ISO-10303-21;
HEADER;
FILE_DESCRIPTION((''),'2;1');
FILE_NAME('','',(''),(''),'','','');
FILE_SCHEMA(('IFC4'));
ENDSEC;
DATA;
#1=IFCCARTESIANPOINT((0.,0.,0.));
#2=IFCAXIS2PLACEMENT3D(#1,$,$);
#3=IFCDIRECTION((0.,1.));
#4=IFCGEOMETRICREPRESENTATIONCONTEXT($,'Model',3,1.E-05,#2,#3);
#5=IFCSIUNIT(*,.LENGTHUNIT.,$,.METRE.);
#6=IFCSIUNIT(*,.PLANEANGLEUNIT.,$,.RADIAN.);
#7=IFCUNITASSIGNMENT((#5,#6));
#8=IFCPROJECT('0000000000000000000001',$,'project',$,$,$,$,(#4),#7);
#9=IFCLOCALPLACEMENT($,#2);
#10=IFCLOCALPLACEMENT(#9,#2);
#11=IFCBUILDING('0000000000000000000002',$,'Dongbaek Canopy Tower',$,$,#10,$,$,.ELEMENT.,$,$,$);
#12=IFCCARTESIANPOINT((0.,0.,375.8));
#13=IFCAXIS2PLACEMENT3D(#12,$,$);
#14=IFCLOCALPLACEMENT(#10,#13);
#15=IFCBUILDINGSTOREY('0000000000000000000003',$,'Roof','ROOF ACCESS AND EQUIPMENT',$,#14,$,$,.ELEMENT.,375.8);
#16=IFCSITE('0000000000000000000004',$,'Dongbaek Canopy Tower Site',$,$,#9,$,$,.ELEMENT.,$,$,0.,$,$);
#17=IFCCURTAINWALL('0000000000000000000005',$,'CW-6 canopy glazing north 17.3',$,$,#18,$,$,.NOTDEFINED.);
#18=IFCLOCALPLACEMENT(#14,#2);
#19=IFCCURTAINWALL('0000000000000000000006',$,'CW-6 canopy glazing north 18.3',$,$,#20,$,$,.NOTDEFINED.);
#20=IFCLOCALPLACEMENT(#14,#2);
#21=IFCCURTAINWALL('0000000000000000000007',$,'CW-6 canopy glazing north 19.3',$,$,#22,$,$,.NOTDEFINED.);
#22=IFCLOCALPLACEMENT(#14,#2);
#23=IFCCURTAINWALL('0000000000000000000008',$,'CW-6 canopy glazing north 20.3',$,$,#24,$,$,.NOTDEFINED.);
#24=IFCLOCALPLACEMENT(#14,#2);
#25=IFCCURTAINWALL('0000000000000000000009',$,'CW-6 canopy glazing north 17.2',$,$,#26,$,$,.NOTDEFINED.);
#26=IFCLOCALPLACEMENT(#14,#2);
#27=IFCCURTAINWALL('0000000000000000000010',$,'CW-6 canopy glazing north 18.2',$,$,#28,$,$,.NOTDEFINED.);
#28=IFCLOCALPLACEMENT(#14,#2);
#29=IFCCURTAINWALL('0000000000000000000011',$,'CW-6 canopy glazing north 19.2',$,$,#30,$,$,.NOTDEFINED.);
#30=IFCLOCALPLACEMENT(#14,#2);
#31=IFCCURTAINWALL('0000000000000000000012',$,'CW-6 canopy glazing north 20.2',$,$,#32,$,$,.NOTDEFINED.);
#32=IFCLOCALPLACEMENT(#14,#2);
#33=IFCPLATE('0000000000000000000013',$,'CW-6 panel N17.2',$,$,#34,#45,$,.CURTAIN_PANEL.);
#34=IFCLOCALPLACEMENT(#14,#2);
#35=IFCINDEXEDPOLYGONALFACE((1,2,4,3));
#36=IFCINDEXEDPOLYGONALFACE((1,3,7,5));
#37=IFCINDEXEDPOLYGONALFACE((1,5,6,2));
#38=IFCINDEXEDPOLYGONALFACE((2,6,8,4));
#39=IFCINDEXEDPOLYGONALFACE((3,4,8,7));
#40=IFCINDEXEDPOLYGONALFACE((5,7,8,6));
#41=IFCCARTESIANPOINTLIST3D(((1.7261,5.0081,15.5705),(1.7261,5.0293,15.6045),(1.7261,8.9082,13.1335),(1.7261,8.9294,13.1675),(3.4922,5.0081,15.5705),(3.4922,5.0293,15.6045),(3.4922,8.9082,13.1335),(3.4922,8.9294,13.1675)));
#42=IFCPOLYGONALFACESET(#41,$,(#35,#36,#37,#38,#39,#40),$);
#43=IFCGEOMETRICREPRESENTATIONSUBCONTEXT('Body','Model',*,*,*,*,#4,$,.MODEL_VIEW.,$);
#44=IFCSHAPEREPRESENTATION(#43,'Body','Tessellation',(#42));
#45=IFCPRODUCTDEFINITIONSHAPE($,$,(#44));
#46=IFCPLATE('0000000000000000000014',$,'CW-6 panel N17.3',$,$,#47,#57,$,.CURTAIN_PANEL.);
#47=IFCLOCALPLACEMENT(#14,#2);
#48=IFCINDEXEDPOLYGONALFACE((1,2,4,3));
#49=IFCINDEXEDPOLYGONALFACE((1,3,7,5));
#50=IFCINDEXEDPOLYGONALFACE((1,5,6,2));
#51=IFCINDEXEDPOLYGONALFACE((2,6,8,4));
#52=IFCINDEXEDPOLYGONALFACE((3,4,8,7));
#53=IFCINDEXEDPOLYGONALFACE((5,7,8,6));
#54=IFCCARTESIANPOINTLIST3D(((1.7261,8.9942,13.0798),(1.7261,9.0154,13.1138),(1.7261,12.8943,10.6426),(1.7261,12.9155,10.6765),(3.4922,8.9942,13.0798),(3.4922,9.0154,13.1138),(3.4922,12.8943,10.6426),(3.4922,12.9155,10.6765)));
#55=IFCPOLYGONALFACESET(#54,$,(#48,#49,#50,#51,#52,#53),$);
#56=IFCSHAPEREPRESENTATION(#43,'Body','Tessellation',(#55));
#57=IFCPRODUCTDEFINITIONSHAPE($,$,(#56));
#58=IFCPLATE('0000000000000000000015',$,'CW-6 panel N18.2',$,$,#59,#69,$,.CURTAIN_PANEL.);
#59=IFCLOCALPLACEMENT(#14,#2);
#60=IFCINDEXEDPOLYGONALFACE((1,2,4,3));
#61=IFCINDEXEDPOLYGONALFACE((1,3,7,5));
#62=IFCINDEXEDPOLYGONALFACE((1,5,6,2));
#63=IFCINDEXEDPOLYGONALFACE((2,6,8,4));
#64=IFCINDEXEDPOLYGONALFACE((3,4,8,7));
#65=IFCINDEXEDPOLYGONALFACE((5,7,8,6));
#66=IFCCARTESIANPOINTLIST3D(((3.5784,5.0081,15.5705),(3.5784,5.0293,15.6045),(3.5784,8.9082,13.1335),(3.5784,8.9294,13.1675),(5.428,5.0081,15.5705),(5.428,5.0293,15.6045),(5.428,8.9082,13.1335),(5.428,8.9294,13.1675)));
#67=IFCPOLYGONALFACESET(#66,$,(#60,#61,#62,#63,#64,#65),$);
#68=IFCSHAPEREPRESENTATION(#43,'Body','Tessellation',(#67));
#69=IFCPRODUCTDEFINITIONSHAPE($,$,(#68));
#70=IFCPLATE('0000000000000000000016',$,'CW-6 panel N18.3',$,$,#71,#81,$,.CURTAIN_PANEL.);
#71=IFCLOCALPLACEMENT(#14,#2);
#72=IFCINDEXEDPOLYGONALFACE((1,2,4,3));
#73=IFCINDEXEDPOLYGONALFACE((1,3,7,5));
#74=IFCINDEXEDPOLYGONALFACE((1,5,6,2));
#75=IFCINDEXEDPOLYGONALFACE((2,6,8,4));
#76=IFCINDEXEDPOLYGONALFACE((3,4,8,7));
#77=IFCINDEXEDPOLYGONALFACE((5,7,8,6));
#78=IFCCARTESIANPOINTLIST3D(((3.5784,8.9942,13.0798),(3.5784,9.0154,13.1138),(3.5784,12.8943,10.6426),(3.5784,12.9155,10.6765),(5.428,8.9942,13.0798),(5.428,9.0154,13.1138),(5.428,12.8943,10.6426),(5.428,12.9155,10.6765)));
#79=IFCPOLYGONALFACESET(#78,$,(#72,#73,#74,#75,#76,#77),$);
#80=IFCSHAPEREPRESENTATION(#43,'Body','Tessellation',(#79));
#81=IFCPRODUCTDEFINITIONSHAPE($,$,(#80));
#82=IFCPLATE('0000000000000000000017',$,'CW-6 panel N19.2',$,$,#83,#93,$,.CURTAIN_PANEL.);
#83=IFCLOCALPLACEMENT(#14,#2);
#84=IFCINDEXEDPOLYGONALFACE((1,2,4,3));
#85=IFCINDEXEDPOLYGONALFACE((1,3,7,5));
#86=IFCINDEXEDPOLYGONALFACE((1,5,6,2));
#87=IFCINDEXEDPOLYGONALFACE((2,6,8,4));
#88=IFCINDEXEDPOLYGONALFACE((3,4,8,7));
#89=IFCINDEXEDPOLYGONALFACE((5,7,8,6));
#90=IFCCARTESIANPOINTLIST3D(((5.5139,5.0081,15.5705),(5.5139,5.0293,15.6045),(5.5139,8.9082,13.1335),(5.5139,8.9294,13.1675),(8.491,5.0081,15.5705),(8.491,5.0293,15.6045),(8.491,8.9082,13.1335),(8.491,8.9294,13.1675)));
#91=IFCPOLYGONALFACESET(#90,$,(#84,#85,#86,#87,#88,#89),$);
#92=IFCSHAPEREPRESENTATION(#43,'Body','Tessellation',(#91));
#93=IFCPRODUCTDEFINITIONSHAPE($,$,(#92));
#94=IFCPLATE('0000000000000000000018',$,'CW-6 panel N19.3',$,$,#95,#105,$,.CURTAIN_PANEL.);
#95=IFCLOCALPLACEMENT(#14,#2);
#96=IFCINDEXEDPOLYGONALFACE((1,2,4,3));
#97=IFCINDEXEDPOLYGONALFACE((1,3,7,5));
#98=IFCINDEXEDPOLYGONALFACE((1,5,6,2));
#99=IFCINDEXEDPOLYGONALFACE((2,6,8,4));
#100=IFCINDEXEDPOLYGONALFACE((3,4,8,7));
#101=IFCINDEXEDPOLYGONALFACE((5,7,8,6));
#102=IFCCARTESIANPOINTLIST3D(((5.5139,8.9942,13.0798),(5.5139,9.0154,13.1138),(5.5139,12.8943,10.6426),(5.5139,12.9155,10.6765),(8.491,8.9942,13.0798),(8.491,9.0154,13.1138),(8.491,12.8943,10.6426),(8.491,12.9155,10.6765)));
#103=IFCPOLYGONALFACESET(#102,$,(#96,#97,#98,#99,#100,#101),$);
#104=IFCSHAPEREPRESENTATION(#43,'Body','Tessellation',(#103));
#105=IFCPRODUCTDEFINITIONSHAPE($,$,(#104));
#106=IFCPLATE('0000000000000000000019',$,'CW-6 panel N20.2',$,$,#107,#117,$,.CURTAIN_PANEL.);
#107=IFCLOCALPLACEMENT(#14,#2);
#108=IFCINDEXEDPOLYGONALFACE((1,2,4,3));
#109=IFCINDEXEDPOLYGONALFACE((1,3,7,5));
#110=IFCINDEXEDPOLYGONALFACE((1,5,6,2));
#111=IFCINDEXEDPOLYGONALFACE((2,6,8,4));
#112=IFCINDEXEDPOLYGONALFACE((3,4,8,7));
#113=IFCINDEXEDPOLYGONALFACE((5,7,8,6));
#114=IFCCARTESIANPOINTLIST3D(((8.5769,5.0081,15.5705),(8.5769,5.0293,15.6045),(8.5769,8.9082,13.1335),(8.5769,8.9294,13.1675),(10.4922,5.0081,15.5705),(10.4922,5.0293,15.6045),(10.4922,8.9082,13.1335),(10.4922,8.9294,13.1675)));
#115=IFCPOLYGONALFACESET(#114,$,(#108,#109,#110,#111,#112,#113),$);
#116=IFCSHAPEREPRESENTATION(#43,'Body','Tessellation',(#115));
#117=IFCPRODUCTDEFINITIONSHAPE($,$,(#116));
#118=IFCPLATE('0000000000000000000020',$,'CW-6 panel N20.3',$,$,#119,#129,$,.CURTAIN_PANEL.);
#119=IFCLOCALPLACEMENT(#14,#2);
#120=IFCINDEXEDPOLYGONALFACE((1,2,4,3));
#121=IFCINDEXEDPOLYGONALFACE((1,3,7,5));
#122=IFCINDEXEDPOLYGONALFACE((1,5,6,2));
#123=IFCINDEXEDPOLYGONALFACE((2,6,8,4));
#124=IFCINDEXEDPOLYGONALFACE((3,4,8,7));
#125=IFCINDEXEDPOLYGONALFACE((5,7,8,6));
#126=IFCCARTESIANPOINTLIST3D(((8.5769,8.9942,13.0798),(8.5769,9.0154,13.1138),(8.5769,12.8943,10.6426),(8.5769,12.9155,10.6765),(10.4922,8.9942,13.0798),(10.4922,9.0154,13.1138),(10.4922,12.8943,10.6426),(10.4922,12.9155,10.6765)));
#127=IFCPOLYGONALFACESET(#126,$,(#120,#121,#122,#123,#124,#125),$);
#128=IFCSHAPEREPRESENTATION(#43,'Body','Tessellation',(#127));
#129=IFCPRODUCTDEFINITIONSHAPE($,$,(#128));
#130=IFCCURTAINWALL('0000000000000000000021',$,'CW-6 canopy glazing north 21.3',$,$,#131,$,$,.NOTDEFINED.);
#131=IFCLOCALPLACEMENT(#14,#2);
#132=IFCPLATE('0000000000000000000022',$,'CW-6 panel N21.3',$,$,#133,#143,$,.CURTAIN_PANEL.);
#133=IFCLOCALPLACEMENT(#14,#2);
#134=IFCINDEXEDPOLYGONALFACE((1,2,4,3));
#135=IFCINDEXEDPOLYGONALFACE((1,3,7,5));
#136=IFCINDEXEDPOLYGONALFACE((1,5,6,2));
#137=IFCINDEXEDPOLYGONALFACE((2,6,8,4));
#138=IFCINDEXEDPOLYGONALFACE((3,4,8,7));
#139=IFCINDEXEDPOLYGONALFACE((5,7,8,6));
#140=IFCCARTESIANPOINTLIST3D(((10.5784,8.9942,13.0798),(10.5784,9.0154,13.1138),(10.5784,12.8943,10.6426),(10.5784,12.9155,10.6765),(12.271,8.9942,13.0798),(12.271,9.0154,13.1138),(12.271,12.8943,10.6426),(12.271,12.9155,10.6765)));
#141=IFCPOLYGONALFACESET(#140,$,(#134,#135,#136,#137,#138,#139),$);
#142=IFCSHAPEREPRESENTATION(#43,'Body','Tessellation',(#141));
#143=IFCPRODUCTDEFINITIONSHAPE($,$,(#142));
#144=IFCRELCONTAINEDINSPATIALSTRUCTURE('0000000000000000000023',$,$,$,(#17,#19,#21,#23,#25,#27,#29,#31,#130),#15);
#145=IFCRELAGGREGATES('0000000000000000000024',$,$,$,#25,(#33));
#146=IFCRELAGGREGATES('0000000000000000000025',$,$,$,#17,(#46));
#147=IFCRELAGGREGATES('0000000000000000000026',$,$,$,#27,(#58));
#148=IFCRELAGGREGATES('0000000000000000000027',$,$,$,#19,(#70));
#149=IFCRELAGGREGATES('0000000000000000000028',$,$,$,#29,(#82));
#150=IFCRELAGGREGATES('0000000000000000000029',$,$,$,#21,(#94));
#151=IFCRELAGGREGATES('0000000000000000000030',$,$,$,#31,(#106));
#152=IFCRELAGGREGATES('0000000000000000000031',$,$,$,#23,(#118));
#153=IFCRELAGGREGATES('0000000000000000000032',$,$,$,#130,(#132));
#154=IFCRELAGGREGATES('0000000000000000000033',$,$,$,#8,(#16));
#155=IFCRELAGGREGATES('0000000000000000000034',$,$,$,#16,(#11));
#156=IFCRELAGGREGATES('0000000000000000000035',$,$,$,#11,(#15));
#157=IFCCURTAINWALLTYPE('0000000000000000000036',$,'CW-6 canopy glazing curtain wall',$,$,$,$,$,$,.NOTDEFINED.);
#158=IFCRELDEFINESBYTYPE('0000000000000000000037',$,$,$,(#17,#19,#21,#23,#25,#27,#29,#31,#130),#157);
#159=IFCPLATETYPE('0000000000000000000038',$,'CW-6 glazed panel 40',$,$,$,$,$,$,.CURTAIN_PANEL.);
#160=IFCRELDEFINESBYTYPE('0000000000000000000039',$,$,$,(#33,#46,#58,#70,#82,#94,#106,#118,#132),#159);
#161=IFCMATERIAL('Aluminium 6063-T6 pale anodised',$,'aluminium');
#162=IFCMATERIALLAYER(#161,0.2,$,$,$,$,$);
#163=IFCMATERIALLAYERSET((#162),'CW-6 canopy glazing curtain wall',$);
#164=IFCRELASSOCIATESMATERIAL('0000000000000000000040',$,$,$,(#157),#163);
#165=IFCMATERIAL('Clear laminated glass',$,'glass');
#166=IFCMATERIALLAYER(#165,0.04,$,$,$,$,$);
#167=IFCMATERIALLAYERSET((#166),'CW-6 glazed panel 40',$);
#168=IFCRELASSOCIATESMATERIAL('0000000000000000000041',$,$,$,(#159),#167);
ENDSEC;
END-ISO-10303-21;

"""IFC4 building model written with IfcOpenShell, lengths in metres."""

from ifc_helpers import new_model, si_unit, direction, frame, origin, place, context, subcontext, project, spatial, polyline, outline, extrude, material, layer, layer_set, type_object, element, aggregate, save


model = new_model("IFC4")

# Units and contexts
model_context = context("Model", 3, precision=1e-05, world=origin(), true_north=direction((0.0, 1.0)))
body_context = subcontext(model_context, "Body", "Model", "MODEL_VIEW")
ifc_project = project(units=[si_unit("LENGTHUNIT", "METRE"), si_unit("PLANEANGLEUNIT", "RADIAN")], contexts=[model_context])

# Site, building, storey
site_placement = place(None, origin())
site = spatial("IfcSite", under=ifc_project, at=site_placement, Name="Dongbaek Canopy Tower Site", CompositionType="ELEMENT", RefElevation=0.0)
building_placement = place(site_placement, origin())
building = spatial("IfcBuilding", under=site, at=building_placement, Name="Dongbaek Canopy Tower", CompositionType="ELEMENT")
storey_placement = place(building_placement, frame((0.0, 0.0, 375.8)))
storey = spatial("IfcBuildingStorey", under=building, at=storey_placement, Name="Roof", Description="ROOF ACCESS AND EQUIPMENT", CompositionType="ELEMENT", Elevation=375.8)

# Curtain walls
ifc_material_1 = material(Name="Aluminium 6063-T6 pale anodised", Category="aluminium")
ifc_layer_1 = layer(ifc_material_1, 0.2)
ifc_layer_set_1 = layer_set([ifc_layer_1], Name="CW-6 canopy glazing curtain wall")
curtain_wall_type = type_object("IfcCurtainWallType", Name="CW-6 canopy glazing curtain wall", PredefinedType="NOTDEFINED", material=ifc_layer_set_1)
curtain_wall_1_placement = place(storey_placement, origin())
curtain_wall_1 = element("IfcCurtainWall", 1, at=curtain_wall_1_placement, inside=storey, type_object=curtain_wall_type, Name="CW-6 canopy glazing north 17.3", PredefinedType="NOTDEFINED")
curtain_wall_2_placement = place(storey_placement, origin())
curtain_wall_2 = element("IfcCurtainWall", 2, at=curtain_wall_2_placement, inside=storey, type_object=curtain_wall_type, Name="CW-6 canopy glazing north 18.3", PredefinedType="NOTDEFINED")
curtain_wall_3_placement = place(storey_placement, origin())
curtain_wall_3 = element("IfcCurtainWall", 3, at=curtain_wall_3_placement, inside=storey, type_object=curtain_wall_type, Name="CW-6 canopy glazing north 19.3", PredefinedType="NOTDEFINED")
curtain_wall_4_placement = place(storey_placement, origin())
curtain_wall_4 = element("IfcCurtainWall", 4, at=curtain_wall_4_placement, inside=storey, type_object=curtain_wall_type, Name="CW-6 canopy glazing north 20.3", PredefinedType="NOTDEFINED")
curtain_wall_5_placement = place(storey_placement, origin())
curtain_wall_5 = element("IfcCurtainWall", 5, at=curtain_wall_5_placement, inside=storey, type_object=curtain_wall_type, Name="CW-6 canopy glazing north 17.2", PredefinedType="NOTDEFINED")
curtain_wall_6_placement = place(storey_placement, origin())
curtain_wall_6 = element("IfcCurtainWall", 6, at=curtain_wall_6_placement, inside=storey, type_object=curtain_wall_type, Name="CW-6 canopy glazing north 18.2", PredefinedType="NOTDEFINED")
curtain_wall_7_placement = place(storey_placement, origin())
curtain_wall_7 = element("IfcCurtainWall", 7, at=curtain_wall_7_placement, inside=storey, type_object=curtain_wall_type, Name="CW-6 canopy glazing north 19.2", PredefinedType="NOTDEFINED")
curtain_wall_8_placement = place(storey_placement, origin())
curtain_wall_8 = element("IfcCurtainWall", 8, at=curtain_wall_8_placement, inside=storey, type_object=curtain_wall_type, Name="CW-6 canopy glazing north 20.2", PredefinedType="NOTDEFINED")

# Shared definitions
ifc_material_2 = material(Name="Clear laminated glass", Category="glass")
ifc_layer_2 = layer(ifc_material_2, 0.04)
ifc_layer_set_2 = layer_set([ifc_layer_2], Name="CW-6 glazed panel 40")
plate_type = type_object("IfcPlateType", Name="CW-6 glazed panel 40", PredefinedType="CURTAIN_PANEL", material=ifc_layer_set_2)

# Plates
plate_1_placement = place(storey_placement, frame((3.4922, 5.0293, 15.6045), z_axis=(0.0, 0.529908, 0.848055), x_axis=(-1.0, 0.0, 0.0)))
plate_1 = element("IfcPlate", 9, at=plate_1_placement, type_object=plate_type, Name="CW-6 panel N17.2", PredefinedType="CURTAIN_PANEL", context=body_context, shape_type="SweptSolid", body=[
    extrude(outline(polyline([(0.0, 0.0), (1.7661, 0.0), (1.7661, -4.5989), (0.0, -4.5989), (0.0, 0.0)])), origin(), (0.0, 0.0, -1.0), 0.04),
])
aggregate(curtain_wall_5, [plate_1])
plate_2_placement = place(storey_placement, frame((3.4922, 9.0154, 13.1138), z_axis=(0.0, 0.529946, 0.848031), x_axis=(-1.0, 0.0, 0.0)))
plate_2 = element("IfcPlate", 10, at=plate_2_placement, type_object=plate_type, Name="CW-6 panel N17.3", PredefinedType="CURTAIN_PANEL", context=body_context, shape_type="SweptSolid", body=[
    extrude(outline(polyline([(0.0, 0.0), (1.7661, 0.0), (1.7661, -4.5991), (0.0, -4.5991), (0.0, 0.0)])), origin(), (0.0, 0.0, -1.0), 0.04),
])
aggregate(curtain_wall_1, [plate_2])
plate_3_placement = place(storey_placement, frame((5.428, 5.0293, 15.6045), z_axis=(0.0, 0.529908, 0.848055), x_axis=(-1.0, 0.0, 0.0)))
plate_3 = element("IfcPlate", 11, at=plate_3_placement, type_object=plate_type, Name="CW-6 panel N18.2", PredefinedType="CURTAIN_PANEL", context=body_context, shape_type="SweptSolid", body=[
    extrude(outline(polyline([(0.0, 0.0), (1.8496, 0.0), (1.8496, -4.5989), (0.0, -4.5989), (0.0, 0.0)])), origin(), (0.0, 0.0, -1.0), 0.04),
])
aggregate(curtain_wall_6, [plate_3])
plate_4_placement = place(storey_placement, frame((5.428, 9.0154, 13.1138), z_axis=(0.0, 0.529946, 0.848031), x_axis=(-1.0, 0.0, 0.0)))
plate_4 = element("IfcPlate", 12, at=plate_4_placement, type_object=plate_type, Name="CW-6 panel N18.3", PredefinedType="CURTAIN_PANEL", context=body_context, shape_type="SweptSolid", body=[
    extrude(outline(polyline([(0.0, 0.0), (1.8496, 0.0), (1.8496, -4.5991), (0.0, -4.5991), (0.0, 0.0)])), origin(), (0.0, 0.0, -1.0), 0.04),
])
aggregate(curtain_wall_2, [plate_4])
plate_5_placement = place(storey_placement, frame((8.491, 5.0293, 15.6045), z_axis=(0.0, 0.529908, 0.848055), x_axis=(-1.0, 0.0, 0.0)))
plate_5 = element("IfcPlate", 13, at=plate_5_placement, type_object=plate_type, Name="CW-6 panel N19.2", PredefinedType="CURTAIN_PANEL", context=body_context, shape_type="SweptSolid", body=[
    extrude(outline(polyline([(0.0, 0.0), (2.9771, 0.0), (2.9771, -4.5989), (0.0, -4.5989), (0.0, 0.0)])), origin(), (0.0, 0.0, -1.0), 0.04),
])
aggregate(curtain_wall_7, [plate_5])
plate_6_placement = place(storey_placement, frame((8.491, 9.0154, 13.1138), z_axis=(0.0, 0.529946, 0.848031), x_axis=(-1.0, 0.0, 0.0)))
plate_6 = element("IfcPlate", 14, at=plate_6_placement, type_object=plate_type, Name="CW-6 panel N19.3", PredefinedType="CURTAIN_PANEL", context=body_context, shape_type="SweptSolid", body=[
    extrude(outline(polyline([(0.0, 0.0), (2.9771, 0.0), (2.9771, -4.5991), (0.0, -4.5991), (0.0, 0.0)])), origin(), (0.0, 0.0, -1.0), 0.04),
])
aggregate(curtain_wall_3, [plate_6])
plate_7_placement = place(storey_placement, frame((10.4922, 5.0293, 15.6045), z_axis=(0.0, 0.529908, 0.848055), x_axis=(-1.0, 0.0, 0.0)))
plate_7 = element("IfcPlate", 15, at=plate_7_placement, type_object=plate_type, Name="CW-6 panel N20.2", PredefinedType="CURTAIN_PANEL", context=body_context, shape_type="SweptSolid", body=[
    extrude(outline(polyline([(0.0, 0.0), (1.9153, 0.0), (1.9153, -4.5989), (0.0, -4.5989), (0.0, 0.0)])), origin(), (0.0, 0.0, -1.0), 0.04),
])
aggregate(curtain_wall_8, [plate_7])
plate_8_placement = place(storey_placement, frame((10.4922, 9.0154, 13.1138), z_axis=(0.0, 0.529946, 0.848031), x_axis=(-1.0, 0.0, 0.0)))
plate_8 = element("IfcPlate", 16, at=plate_8_placement, type_object=plate_type, Name="CW-6 panel N20.3", PredefinedType="CURTAIN_PANEL", context=body_context, shape_type="SweptSolid", body=[
    extrude(outline(polyline([(0.0, 0.0), (1.9153, 0.0), (1.9153, -4.5991), (0.0, -4.5991), (0.0, 0.0)])), origin(), (0.0, 0.0, -1.0), 0.04),
])
aggregate(curtain_wall_4, [plate_8])

# Curtain wall, plate
curtain_wall_9_placement = place(storey_placement, origin())
curtain_wall_9 = element("IfcCurtainWall", 17, at=curtain_wall_9_placement, inside=storey, type_object=curtain_wall_type, Name="CW-6 canopy glazing north 21.3", PredefinedType="NOTDEFINED")
plate_9_placement = place(storey_placement, frame((12.271, 9.0154, 13.1138), z_axis=(0.0, 0.529946, 0.848031), x_axis=(-1.0, 0.0, 0.0)))
plate_9 = element("IfcPlate", 18, at=plate_9_placement, type_object=plate_type, Name="CW-6 panel N21.3", PredefinedType="CURTAIN_PANEL", context=body_context, shape_type="SweptSolid", body=[
    extrude(outline(polyline([(0.0, 0.0), (1.6926, 0.0), (1.6926, -4.5991), (0.0, -4.5991), (0.0, 0.0)])), origin(), (0.0, 0.0, -1.0), 0.04),
])
aggregate(curtain_wall_9, [plate_9])

save(model, "model.ifc")
